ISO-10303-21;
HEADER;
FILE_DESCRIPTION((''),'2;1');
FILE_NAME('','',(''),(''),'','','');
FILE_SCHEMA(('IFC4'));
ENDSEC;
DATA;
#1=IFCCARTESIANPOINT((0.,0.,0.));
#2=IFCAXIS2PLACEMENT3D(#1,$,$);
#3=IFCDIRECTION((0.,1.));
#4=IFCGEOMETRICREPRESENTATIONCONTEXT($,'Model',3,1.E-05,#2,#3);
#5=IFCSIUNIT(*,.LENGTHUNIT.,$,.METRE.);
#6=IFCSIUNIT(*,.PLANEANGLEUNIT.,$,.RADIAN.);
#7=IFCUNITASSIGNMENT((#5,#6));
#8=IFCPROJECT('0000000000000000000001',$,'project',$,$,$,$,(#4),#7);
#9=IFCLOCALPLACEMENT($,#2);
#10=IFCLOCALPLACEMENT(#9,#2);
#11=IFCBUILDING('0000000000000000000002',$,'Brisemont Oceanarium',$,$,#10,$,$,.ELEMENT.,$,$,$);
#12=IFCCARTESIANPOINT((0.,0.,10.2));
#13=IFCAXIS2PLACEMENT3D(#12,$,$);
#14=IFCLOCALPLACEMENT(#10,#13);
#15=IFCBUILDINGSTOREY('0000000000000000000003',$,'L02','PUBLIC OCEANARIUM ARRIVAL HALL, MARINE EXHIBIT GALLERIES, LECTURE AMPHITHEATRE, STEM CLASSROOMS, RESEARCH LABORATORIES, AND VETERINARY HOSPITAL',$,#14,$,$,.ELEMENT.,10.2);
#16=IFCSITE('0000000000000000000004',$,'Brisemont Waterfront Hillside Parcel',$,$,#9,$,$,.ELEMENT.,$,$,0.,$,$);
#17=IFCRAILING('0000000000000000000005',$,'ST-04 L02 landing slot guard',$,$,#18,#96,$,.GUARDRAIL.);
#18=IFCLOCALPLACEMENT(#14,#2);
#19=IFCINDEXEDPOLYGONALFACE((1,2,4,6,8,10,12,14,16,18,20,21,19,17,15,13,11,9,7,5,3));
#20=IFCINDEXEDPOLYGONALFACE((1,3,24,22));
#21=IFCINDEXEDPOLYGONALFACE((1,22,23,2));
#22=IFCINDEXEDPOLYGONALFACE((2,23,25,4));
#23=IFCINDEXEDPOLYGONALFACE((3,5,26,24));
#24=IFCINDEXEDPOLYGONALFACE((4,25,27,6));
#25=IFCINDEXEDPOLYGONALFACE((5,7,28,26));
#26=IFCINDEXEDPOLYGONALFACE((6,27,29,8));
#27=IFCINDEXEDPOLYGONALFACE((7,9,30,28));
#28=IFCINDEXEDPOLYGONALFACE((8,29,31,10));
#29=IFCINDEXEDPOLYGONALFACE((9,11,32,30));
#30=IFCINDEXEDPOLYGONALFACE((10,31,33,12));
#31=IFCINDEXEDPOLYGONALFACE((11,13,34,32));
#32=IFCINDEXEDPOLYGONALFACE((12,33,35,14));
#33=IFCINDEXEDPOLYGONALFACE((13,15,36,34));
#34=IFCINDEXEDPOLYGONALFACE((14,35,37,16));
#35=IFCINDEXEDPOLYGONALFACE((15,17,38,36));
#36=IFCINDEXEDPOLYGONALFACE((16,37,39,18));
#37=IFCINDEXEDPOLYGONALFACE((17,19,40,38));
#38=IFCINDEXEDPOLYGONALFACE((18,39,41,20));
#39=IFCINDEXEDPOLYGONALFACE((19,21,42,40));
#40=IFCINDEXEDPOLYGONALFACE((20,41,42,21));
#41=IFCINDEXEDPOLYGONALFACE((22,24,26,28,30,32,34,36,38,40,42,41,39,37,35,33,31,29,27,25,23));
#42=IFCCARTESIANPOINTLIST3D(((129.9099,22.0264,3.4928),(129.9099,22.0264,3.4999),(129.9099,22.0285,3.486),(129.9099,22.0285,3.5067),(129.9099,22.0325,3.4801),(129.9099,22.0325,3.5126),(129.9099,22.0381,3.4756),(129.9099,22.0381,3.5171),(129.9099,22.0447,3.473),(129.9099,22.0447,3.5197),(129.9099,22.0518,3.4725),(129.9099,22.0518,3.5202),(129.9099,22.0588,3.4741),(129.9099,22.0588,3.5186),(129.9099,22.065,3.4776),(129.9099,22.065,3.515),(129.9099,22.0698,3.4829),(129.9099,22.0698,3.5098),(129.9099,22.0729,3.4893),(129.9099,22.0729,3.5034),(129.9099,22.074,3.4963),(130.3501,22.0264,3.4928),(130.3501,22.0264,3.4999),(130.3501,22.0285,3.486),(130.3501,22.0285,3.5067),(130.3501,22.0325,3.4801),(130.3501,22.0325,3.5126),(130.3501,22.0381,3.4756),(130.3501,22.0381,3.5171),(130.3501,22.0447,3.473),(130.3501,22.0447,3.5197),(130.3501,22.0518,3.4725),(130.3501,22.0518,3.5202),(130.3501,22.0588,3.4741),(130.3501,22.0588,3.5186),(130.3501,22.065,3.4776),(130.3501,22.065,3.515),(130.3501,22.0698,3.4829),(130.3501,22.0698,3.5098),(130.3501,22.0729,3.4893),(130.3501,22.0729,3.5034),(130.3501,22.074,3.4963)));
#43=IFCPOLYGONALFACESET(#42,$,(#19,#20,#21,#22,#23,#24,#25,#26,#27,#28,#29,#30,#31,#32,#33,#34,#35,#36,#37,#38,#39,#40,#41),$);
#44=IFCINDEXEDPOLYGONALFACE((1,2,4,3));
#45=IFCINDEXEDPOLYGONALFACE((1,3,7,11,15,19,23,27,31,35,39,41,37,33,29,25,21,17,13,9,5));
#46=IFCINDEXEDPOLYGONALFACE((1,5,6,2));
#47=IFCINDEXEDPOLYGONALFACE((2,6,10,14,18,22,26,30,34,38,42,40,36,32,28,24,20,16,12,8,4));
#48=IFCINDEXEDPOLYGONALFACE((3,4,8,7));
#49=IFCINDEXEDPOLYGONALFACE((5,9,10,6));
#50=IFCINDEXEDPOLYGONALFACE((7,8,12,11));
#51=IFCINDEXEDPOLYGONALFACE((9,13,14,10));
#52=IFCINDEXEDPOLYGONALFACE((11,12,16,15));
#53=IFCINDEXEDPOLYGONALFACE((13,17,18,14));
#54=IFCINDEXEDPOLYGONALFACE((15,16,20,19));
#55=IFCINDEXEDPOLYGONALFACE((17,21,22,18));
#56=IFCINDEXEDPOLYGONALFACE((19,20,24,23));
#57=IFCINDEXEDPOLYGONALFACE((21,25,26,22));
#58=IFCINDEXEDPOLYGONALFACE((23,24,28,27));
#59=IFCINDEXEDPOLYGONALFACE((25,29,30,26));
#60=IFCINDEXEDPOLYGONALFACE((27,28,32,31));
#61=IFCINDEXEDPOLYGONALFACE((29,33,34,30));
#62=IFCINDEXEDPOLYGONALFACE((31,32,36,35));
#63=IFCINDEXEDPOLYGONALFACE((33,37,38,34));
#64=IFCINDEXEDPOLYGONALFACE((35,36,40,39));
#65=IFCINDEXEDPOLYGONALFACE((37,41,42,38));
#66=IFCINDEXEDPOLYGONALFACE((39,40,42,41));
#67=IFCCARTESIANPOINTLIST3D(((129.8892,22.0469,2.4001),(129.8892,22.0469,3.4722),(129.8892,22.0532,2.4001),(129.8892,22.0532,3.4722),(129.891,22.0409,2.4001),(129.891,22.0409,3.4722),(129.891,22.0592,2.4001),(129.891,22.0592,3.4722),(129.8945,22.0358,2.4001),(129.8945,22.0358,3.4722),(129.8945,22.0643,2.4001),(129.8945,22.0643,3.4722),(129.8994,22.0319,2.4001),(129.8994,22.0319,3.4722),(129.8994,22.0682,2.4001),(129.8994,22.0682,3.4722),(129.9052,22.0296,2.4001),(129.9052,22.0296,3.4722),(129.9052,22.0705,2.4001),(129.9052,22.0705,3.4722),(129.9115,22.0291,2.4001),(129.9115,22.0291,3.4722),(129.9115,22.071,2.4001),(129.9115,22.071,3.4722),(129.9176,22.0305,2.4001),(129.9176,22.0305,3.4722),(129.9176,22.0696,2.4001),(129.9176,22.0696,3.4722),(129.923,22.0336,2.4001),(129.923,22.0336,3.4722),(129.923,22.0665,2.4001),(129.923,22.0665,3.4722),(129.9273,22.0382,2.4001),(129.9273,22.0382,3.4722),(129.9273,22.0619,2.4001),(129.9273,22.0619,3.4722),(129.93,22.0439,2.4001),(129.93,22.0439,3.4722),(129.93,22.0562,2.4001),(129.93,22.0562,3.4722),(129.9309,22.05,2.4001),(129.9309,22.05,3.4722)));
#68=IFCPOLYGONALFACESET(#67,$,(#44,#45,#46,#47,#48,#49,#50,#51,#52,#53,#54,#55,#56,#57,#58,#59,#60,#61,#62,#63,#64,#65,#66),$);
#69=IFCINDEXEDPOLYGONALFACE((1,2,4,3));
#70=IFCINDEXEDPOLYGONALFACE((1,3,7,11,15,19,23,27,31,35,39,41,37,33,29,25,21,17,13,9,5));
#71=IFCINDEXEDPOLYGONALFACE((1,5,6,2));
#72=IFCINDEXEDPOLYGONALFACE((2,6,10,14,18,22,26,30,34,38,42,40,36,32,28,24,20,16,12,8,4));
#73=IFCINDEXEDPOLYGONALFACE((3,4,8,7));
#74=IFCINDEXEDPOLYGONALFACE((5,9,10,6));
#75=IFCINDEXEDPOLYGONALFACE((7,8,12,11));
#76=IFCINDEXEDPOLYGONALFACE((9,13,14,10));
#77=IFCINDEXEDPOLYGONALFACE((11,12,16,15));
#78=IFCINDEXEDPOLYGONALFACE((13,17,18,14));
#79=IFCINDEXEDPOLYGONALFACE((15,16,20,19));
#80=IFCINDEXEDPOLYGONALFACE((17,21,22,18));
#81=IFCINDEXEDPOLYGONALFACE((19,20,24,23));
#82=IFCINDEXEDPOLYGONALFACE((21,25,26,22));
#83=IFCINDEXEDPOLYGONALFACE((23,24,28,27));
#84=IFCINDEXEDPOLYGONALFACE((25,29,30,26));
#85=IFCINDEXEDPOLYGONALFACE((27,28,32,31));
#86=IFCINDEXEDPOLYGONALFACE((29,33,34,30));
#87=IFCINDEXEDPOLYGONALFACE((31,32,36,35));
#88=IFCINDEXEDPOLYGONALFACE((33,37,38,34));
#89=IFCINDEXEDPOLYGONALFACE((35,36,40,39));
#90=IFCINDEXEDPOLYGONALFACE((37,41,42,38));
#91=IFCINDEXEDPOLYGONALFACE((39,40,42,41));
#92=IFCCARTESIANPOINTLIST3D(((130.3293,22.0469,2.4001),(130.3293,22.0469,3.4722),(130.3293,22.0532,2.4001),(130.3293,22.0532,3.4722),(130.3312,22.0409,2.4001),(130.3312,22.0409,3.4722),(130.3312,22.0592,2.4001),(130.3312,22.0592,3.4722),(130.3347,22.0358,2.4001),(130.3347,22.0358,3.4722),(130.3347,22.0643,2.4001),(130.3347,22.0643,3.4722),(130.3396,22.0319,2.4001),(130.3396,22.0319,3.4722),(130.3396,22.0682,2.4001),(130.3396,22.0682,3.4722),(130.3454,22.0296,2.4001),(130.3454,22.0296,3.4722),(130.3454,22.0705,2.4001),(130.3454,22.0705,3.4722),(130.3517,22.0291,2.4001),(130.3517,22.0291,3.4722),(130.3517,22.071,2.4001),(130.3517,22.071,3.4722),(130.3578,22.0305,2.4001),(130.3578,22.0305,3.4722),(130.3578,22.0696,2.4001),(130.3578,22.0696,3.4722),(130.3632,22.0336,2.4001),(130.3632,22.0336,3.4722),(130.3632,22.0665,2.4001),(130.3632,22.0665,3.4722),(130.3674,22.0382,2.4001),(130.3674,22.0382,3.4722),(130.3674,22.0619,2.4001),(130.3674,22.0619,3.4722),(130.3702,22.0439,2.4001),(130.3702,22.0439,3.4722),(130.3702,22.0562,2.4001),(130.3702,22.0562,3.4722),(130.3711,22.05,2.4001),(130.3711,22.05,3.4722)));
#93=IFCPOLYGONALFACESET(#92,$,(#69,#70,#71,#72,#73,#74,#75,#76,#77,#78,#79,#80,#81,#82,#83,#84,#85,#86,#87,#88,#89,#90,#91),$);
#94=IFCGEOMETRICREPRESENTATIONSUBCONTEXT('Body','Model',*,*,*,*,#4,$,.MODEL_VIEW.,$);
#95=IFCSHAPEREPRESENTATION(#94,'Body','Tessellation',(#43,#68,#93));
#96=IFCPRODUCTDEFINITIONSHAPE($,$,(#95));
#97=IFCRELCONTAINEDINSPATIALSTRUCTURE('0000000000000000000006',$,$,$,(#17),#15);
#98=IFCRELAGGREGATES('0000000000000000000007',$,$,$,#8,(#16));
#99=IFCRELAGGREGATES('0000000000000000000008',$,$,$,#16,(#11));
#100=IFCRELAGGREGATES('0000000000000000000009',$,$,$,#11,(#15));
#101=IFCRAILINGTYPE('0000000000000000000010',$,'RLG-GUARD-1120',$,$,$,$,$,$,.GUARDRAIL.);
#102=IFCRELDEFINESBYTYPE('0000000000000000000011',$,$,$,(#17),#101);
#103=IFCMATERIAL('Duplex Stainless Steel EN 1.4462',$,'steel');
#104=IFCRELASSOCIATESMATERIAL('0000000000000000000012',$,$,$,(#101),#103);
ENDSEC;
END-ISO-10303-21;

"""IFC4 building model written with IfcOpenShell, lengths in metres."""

from ifc_helpers import new_model, si_unit, direction, frame, origin, origin_2d, place, context, subcontext, project, spatial, circle, extrude, material, type_object, element, save


model = new_model("IFC4")

# Units and contexts
model_context = context("Model", 3, precision=1e-05, world=origin(), true_north=direction((0.0, 1.0)))
body_context = subcontext(model_context, "Body", "Model", "MODEL_VIEW")
ifc_project = project(units=[si_unit("LENGTHUNIT", "METRE"), si_unit("PLANEANGLEUNIT", "RADIAN")], contexts=[model_context])

# Site, building, storey
site_placement = place(None, origin())
site = spatial("IfcSite", under=ifc_project, at=site_placement, Name="Brisemont Waterfront Hillside Parcel", CompositionType="ELEMENT", RefElevation=0.0)
building_placement = place(site_placement, origin())
building = spatial("IfcBuilding", under=site, at=building_placement, Name="Brisemont Oceanarium", CompositionType="ELEMENT")
storey_placement = place(building_placement, frame((0.0, 0.0, 10.2)))
storey = spatial("IfcBuildingStorey", under=building, at=storey_placement, Name="L02", Description="PUBLIC OCEANARIUM ARRIVAL HALL, MARINE EXHIBIT GALLERIES, LECTURE AMPHITHEATRE, STEM CLASSROOMS, RESEARCH LABORATORIES, AND VETERINARY HOSPITAL", CompositionType="ELEMENT", Elevation=10.2)

# Railing
ifc_material_1 = material(Name="Duplex Stainless Steel EN 1.4462", Category="steel")
railing_type_1 = type_object("IfcRailingType", Name="RLG-GUARD-1120", PredefinedType="GUARDRAIL", material=ifc_material_1)
railing_1_placement = place(storey_placement, frame((129.9099, 22.05, 2.4001)))
element("IfcRailing", 1, at=railing_1_placement, inside=storey, type_object=railing_type_1, Name="ST-04 L02 landing slot guard", PredefinedType="GUARDRAIL", context=body_context, shape_type="SweptSolid", body=[
    extrude(circle(Radius=0.0239, at=origin_2d()), frame((0.0, 0.0, 1.0962), z_axis=(1.0, 0.0, 0.0), x_axis=(0.0, 1.0, 0.0)), (0.0, 0.0, 1.0), 0.4402),
    extrude(circle(Radius=0.021, at=origin_2d()), origin(), (0.0, 0.0, 1.0), 1.072),
    extrude(circle(Radius=0.021, at=origin_2d()), frame((0.4402, 0.0, 0.0)), (0.0, 0.0, 1.0), 1.072),
])

save(model, "model.ifc")
